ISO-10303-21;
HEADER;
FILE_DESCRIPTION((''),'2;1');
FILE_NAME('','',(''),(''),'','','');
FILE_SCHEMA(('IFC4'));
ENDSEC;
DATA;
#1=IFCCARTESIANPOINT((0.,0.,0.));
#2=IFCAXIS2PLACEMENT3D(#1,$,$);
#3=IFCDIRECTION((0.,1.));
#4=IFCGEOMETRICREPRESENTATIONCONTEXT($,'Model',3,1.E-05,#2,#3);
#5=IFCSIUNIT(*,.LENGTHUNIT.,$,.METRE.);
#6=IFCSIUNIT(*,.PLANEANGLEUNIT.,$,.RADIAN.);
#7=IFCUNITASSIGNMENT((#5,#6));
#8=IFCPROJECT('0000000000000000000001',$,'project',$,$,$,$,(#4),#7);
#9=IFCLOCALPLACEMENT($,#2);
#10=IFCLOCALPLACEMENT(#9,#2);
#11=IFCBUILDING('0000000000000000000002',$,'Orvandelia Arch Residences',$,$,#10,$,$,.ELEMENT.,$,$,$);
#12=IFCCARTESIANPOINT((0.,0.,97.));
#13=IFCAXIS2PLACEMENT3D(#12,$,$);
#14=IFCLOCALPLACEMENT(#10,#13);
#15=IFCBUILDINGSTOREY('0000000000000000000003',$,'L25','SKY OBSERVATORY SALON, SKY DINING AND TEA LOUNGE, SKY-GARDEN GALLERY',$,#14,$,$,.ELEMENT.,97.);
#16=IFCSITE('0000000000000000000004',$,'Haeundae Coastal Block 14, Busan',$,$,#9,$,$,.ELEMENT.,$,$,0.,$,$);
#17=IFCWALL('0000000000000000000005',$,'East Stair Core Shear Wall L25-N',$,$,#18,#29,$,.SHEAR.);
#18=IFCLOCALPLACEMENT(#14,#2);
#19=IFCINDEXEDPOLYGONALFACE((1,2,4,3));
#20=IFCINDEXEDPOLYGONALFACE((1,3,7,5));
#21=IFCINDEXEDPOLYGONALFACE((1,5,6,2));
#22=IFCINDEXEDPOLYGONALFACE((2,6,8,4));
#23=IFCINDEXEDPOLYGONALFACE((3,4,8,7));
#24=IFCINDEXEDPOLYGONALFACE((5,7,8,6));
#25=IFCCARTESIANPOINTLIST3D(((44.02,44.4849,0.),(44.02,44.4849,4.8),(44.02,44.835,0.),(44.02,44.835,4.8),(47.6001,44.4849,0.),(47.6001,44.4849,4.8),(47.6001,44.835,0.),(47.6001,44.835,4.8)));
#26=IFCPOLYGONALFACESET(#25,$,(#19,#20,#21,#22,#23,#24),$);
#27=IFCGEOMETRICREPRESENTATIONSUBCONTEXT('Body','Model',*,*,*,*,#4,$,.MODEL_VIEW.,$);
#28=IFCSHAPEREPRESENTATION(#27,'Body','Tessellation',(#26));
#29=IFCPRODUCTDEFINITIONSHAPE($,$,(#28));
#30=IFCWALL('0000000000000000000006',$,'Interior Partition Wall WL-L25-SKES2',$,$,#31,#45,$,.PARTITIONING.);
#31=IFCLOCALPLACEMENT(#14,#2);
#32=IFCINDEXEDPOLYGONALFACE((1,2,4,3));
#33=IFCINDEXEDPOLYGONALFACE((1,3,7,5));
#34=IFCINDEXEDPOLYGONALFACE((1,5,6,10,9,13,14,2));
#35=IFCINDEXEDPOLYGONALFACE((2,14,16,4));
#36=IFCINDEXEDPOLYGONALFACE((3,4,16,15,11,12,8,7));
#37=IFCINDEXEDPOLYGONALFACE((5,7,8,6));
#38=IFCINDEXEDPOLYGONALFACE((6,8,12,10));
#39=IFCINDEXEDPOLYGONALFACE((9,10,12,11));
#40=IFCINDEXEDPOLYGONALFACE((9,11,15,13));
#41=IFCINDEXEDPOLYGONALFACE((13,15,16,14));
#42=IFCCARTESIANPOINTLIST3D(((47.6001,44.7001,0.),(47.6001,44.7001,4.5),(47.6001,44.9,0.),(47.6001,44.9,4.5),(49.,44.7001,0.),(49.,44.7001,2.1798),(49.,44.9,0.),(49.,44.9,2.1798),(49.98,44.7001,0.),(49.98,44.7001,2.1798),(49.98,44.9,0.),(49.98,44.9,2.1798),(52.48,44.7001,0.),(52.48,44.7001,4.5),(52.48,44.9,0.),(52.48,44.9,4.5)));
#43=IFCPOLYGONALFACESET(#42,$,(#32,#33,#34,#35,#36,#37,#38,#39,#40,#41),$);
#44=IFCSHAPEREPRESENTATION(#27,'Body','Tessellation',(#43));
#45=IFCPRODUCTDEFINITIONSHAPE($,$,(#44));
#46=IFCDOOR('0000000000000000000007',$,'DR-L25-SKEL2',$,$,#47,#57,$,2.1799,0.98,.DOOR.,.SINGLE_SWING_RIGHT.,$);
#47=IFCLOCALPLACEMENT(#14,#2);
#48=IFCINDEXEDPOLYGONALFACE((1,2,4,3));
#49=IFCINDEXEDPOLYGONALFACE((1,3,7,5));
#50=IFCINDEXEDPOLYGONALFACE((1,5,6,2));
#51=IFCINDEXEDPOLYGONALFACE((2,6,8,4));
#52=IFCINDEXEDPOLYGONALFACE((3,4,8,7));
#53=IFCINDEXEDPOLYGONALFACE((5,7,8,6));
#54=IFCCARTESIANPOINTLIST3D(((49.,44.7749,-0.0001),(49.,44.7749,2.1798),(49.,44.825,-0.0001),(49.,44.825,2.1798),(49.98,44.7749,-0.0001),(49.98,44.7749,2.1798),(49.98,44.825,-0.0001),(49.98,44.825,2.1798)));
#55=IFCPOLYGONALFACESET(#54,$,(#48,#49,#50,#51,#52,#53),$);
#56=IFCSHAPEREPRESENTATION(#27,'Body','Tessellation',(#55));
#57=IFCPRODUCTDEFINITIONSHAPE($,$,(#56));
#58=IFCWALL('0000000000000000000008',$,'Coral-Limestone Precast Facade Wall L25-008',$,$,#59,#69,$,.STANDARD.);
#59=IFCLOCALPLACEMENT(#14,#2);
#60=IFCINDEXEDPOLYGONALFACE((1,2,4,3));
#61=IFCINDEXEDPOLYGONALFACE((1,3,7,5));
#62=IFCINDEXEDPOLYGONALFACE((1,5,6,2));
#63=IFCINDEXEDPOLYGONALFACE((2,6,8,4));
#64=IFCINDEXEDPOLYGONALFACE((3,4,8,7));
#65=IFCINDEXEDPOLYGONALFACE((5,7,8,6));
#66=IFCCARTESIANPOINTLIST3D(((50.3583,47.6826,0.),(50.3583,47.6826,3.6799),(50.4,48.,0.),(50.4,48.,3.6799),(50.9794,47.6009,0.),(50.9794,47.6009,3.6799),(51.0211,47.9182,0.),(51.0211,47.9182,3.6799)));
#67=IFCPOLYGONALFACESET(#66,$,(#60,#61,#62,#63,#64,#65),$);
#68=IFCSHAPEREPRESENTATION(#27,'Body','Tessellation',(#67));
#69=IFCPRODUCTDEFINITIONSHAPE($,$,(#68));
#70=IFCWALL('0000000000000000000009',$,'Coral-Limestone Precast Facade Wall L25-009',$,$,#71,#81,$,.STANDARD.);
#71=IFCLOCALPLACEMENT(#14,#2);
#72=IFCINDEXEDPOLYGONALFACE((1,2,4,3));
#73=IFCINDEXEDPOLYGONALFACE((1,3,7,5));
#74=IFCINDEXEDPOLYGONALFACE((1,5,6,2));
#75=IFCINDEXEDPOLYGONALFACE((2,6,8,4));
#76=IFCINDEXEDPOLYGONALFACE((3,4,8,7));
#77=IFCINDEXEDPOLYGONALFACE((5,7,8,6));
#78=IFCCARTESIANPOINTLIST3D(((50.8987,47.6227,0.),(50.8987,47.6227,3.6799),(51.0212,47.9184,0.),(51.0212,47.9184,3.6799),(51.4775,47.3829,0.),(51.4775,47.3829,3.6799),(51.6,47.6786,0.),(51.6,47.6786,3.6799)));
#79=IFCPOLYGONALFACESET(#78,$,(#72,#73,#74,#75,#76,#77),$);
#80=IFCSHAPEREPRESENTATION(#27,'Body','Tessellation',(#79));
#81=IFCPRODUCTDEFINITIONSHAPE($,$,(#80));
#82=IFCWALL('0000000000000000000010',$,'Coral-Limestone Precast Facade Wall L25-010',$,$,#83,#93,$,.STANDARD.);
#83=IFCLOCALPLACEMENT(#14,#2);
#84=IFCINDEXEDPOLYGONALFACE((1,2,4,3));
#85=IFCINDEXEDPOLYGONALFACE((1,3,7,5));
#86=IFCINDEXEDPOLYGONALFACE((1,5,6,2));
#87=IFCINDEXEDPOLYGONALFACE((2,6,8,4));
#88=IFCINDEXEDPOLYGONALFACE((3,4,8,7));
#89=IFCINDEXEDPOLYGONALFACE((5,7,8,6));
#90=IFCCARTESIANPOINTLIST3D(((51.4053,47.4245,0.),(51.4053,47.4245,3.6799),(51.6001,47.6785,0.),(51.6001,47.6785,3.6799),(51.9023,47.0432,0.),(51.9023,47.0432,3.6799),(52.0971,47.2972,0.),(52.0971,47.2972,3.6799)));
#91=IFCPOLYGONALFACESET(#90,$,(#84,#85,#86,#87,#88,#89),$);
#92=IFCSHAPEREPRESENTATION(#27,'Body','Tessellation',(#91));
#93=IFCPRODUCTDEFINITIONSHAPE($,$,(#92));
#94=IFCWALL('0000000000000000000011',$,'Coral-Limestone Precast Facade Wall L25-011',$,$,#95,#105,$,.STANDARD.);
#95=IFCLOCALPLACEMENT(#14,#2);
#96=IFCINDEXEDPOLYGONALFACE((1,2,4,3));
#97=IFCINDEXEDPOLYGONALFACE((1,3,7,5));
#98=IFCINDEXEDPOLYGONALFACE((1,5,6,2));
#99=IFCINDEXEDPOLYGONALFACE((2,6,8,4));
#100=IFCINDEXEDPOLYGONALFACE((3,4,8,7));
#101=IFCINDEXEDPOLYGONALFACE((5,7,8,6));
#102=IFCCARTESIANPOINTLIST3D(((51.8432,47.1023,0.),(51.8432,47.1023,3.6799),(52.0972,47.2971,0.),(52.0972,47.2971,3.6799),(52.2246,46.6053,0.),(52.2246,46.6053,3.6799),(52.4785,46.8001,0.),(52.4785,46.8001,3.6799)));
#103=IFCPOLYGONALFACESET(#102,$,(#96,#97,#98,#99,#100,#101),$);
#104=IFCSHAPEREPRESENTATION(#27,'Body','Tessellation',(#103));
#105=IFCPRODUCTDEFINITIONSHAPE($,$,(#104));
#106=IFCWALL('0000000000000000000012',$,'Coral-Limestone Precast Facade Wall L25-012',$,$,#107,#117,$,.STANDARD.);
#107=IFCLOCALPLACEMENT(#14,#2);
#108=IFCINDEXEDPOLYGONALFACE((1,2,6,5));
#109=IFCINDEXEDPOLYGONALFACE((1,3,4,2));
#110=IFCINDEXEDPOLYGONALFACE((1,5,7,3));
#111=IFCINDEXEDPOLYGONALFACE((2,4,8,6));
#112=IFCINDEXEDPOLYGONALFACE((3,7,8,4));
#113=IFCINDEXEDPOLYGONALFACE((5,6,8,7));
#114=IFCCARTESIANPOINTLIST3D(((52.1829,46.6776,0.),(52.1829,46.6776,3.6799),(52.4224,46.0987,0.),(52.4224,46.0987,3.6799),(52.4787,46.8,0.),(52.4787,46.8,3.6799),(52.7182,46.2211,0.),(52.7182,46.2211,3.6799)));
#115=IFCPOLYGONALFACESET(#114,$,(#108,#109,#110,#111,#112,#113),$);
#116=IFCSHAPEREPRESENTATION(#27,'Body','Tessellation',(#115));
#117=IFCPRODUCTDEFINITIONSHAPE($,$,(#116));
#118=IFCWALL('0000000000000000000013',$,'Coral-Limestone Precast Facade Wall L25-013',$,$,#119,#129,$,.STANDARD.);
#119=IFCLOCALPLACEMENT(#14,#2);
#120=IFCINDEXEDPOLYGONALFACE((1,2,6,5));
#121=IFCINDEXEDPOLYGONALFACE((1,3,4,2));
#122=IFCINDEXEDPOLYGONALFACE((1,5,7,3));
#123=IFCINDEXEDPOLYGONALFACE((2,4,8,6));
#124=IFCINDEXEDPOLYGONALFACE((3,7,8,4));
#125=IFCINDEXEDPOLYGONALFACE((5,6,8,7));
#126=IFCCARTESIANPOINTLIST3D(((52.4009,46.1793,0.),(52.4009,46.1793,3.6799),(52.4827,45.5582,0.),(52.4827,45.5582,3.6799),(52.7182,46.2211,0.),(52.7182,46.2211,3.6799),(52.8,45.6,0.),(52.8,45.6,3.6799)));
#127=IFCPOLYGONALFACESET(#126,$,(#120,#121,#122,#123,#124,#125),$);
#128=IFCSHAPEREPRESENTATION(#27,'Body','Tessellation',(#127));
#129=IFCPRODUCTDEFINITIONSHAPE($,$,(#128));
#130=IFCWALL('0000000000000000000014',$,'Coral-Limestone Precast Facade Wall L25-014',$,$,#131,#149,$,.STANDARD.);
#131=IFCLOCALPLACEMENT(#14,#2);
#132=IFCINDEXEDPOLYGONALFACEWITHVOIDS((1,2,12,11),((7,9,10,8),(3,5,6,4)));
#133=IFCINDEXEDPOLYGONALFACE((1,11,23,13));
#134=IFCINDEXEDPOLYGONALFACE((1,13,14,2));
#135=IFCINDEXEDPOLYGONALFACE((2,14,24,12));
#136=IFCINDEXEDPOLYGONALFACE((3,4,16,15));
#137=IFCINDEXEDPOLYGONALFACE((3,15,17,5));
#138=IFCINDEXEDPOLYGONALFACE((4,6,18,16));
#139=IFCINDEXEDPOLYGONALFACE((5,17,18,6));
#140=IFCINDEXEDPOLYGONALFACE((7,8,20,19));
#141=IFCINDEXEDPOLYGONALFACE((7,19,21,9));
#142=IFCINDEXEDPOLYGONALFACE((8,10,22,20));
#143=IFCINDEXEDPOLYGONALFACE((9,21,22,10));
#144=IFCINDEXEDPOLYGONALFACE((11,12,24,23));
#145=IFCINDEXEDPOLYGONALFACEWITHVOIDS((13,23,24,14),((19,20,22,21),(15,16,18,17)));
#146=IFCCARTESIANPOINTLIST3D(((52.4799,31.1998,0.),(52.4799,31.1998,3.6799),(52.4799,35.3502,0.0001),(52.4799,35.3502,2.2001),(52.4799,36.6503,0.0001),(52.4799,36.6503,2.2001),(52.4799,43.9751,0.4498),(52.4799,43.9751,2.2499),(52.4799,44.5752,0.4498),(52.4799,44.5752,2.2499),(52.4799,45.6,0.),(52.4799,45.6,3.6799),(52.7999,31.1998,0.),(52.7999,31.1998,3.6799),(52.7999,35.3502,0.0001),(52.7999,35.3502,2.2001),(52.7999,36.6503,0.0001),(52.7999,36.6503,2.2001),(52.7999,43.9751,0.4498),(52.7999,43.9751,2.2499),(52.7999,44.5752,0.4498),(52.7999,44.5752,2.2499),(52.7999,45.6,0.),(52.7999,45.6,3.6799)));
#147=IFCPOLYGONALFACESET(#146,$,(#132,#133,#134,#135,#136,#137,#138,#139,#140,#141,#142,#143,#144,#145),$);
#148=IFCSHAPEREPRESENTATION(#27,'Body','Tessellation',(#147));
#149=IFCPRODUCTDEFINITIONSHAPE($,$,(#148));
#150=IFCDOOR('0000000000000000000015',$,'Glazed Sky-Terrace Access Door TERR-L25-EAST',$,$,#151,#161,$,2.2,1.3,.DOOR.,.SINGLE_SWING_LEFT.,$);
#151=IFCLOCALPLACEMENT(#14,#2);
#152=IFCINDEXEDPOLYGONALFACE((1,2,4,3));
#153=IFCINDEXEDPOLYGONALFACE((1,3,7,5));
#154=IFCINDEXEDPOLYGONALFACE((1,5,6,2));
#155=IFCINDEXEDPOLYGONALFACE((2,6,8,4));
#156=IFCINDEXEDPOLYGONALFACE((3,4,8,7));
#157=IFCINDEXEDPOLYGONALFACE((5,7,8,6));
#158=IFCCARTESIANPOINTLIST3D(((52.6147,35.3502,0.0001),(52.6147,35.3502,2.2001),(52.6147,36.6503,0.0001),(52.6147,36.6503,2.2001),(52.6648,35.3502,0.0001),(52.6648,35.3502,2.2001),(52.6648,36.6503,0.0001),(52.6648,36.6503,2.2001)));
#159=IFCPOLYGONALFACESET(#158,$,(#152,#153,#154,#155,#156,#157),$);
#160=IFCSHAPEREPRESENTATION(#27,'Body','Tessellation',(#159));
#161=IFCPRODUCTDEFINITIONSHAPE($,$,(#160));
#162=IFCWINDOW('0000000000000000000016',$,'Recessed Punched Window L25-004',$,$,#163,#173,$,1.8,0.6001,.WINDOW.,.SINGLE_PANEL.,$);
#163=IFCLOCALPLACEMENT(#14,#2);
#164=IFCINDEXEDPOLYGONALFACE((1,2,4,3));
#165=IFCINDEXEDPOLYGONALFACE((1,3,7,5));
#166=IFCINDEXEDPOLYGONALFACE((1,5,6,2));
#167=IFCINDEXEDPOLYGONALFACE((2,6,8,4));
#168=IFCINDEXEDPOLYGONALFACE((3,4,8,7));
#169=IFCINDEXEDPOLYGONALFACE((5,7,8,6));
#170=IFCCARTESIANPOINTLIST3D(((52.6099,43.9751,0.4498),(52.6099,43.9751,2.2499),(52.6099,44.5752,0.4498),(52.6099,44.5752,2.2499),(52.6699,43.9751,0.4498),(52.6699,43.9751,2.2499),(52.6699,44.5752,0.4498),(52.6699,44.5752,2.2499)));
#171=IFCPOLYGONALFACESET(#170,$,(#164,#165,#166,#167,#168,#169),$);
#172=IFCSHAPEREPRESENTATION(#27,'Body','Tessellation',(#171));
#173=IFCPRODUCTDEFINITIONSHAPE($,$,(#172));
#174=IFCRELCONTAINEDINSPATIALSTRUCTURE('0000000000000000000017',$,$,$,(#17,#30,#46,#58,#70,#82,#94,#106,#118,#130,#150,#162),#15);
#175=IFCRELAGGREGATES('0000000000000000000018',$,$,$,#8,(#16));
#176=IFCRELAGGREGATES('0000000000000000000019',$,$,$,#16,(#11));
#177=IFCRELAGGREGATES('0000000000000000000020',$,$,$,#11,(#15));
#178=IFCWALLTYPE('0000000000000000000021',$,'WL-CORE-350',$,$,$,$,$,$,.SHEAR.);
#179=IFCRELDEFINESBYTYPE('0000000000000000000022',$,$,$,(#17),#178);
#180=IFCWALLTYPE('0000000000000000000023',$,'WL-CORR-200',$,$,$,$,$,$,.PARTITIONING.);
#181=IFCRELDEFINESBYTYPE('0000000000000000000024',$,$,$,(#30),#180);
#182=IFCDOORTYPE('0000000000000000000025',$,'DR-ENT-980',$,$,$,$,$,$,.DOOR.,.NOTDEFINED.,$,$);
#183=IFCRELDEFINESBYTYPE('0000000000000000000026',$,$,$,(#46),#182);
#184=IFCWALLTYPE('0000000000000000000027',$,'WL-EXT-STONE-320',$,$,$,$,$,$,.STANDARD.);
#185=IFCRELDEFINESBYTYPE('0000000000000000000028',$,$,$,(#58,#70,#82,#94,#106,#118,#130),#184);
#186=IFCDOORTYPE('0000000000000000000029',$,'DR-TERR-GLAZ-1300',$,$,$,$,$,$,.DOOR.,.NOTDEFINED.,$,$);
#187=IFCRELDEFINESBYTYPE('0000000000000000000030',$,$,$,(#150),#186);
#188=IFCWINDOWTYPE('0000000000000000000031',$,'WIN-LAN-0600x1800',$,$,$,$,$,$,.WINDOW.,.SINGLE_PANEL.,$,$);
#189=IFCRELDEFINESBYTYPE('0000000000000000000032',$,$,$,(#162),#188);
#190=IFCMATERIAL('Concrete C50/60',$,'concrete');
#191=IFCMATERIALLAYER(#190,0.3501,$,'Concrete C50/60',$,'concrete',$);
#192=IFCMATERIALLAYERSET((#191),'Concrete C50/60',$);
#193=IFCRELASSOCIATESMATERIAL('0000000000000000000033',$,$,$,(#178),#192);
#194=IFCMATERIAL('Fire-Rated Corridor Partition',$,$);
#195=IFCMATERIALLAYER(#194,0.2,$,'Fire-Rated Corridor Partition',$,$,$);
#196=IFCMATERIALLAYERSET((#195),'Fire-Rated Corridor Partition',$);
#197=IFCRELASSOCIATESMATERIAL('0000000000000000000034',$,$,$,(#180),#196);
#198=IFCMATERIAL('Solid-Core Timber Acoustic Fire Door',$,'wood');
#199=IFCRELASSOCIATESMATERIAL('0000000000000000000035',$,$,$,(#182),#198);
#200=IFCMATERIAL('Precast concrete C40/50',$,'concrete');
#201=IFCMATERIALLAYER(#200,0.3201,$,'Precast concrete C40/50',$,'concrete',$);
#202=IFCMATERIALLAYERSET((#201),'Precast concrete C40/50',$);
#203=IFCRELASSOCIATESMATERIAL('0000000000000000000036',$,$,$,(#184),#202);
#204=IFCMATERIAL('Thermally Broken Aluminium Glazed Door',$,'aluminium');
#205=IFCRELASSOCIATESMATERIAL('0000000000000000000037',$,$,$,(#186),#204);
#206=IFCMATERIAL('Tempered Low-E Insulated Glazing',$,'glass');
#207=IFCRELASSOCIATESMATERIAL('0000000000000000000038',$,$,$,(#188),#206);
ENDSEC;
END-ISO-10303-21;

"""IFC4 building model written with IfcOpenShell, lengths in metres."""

from ifc_helpers import new_model, si_unit, direction, frame, frame_2d, origin, place, context, subcontext, project, spatial, rectangle, extrude, material, layer, layer_set, type_object, element, fill, save


model = new_model("IFC4")

# Units and contexts
model_context = context("Model", 3, precision=1e-05, world=origin(), true_north=direction((0.0, 1.0)))
body_context = subcontext(model_context, "Body", "Model", "MODEL_VIEW")
ifc_project = project(units=[si_unit("LENGTHUNIT", "METRE"), si_unit("PLANEANGLEUNIT", "RADIAN")], contexts=[model_context])

# Site, building, storey
site_placement = place(None, origin())
site = spatial("IfcSite", under=ifc_project, at=site_placement, Name="Haeundae Coastal Block 14, Busan", CompositionType="ELEMENT", RefElevation=0.0)
building_placement = place(site_placement, origin())
building = spatial("IfcBuilding", under=site, at=building_placement, Name="Orvandelia Arch Residences", CompositionType="ELEMENT")
storey_placement = place(building_placement, frame((0.0, 0.0, 97.0)))
storey = spatial("IfcBuildingStorey", under=building, at=storey_placement, Name="L25", Description="SKY OBSERVATORY SALON, SKY DINING AND TEA LOUNGE, SKY-GARDEN GALLERY", CompositionType="ELEMENT", Elevation=97.0)

# Wall
ifc_material_1 = material(Name="Concrete C50/60", Category="concrete")
ifc_layer_1 = layer(ifc_material_1, 0.3501, Name="Concrete C50/60", Category="concrete")
ifc_layer_set_1 = layer_set([ifc_layer_1], Name="Concrete C50/60")
wall_type_1 = type_object("IfcWallType", Name="WL-CORE-350", PredefinedType="SHEAR", material=ifc_layer_set_1)
wall_1_placement = place(storey_placement, frame((44.02, 44.6599, 0.0), z_axis=(0.0, 0.0, 1.0), x_axis=(1.0, 0.0, 0.0)))
element("IfcWall", 1, at=wall_1_placement, inside=storey, type_object=wall_type_1, Name="East Stair Core Shear Wall L25-N", PredefinedType="SHEAR", context=body_context, shape_type="SweptSolid", body=[
    extrude(rectangle(XDim=3.5801, YDim=0.3501, at=frame_2d((1.79, 0.0))), origin(), (0.0, 0.0, 1.0), 4.8),
])

# Wall, opening, door
ifc_material_2 = material(Name="Fire-Rated Corridor Partition")
ifc_layer_2 = layer(ifc_material_2, 0.2, Name="Fire-Rated Corridor Partition")
ifc_layer_set_2 = layer_set([ifc_layer_2], Name="Fire-Rated Corridor Partition")
wall_type_2 = type_object("IfcWallType", Name="WL-CORR-200", PredefinedType="PARTITIONING", material=ifc_layer_set_2)
wall_2_placement = place(storey_placement, frame((47.6001, 44.8, 0.0), z_axis=(0.0, 0.0, 1.0), x_axis=(1.0, 0.0, 0.0)))
wall_2 = element("IfcWall", 2, at=wall_2_placement, inside=storey, type_object=wall_type_2, Name="Interior Partition Wall WL-L25-SKES2", PredefinedType="PARTITIONING", context=body_context, shape_type="SweptSolid", body=[
    extrude(rectangle(XDim=4.8799, YDim=0.2, at=frame_2d((2.4399, 0.0))), origin(), (0.0, 0.0, 1.0), 4.5),
])
opening_1_placement = place(wall_2_placement, frame((1.3999, 0.0, 0.0)))
opening_1 = element("IfcOpeningElement", 3, at=opening_1_placement, cuts=wall_2, PredefinedType="OPENING", context=body_context, shape_type="SweptSolid", body=[
    extrude(rectangle(XDim=0.98, YDim=2.1799, at=frame_2d((0.49, 1.0898))), frame((0.0, 0.1099, 0.0), z_axis=(0.0, -1.0, 0.0), x_axis=(1.0, 0.0, 0.0)), (0.0, 0.0, 1.0), 0.22),
])
ifc_material_3 = material(Name="Solid-Core Timber Acoustic Fire Door", Category="wood")
door_type_1 = type_object("IfcDoorType", Name="DR-ENT-980", OperationType="NOTDEFINED", PredefinedType="DOOR", material=ifc_material_3)
door_1_placement = place(opening_1_placement, origin())
door_1 = element("IfcDoor", 4, at=door_1_placement, inside=storey, type_object=door_type_1, Name="DR-L25-SKEL2", OperationType="SINGLE_SWING_RIGHT", OverallHeight=2.1799, OverallWidth=0.98, PredefinedType="DOOR", context=body_context, shape_type="SweptSolid", body=[
    extrude(rectangle(XDim=0.98, YDim=2.1799, at=frame_2d((0.49, 1.0898))), frame((0.0, 0.0249, 0.0), z_axis=(0.0, -1.0, 0.0), x_axis=(1.0, 0.0, 0.0)), (0.0, 0.0, 1.0), 0.05),
])
fill(opening_1, door_1)

# Walls
ifc_material_4 = material(Name="Precast concrete C40/50", Category="concrete")
ifc_layer_3 = layer(ifc_material_4, 0.3201, Name="Precast concrete C40/50", Category="concrete")
ifc_layer_set_3 = layer_set([ifc_layer_3], Name="Precast concrete C40/50")
wall_type_3 = type_object("IfcWallType", Name="WL-EXT-STONE-320", PredefinedType="STANDARD", material=ifc_layer_set_3)
for number, where, z_axis, x_axis, name in (
    (5, (50.3792, 47.8413, 0.0), (0.0, 0.0, 1.0), (0.991441, -0.130555, 0.0), "Coral-Limestone Precast Facade Wall L25-008"),
    (6, (50.96, 47.7705, 0.0), (0.0, 0.0, 1.0), (0.923893, -0.38265, 0.0), "Coral-Limestone Precast Facade Wall L25-009"),
    (7, (51.5027, 47.5515, 0.0), (0.0, 0.0, 1.0), (0.793406, -0.608693, 0.0), "Coral-Limestone Precast Facade Wall L25-010"),
    (8, (51.9702, 47.1997, 0.0), (0.0, 0.0, 1.0), (0.608693, -0.793406, 0.0), "Coral-Limestone Precast Facade Wall L25-011"),
    (9, (52.3308, 46.7388, 0.0), (0.0, 0.0, 1.0), (0.382317, -0.924031, 0.0), "Coral-Limestone Precast Facade Wall L25-012"),
    (10, (52.5596, 46.2002, 0.0), (0.0, 0.0, 1.0), (0.130555, -0.991441, 0.0), "Coral-Limestone Precast Facade Wall L25-013"),
):
    element("IfcWall", number, at=place(storey_placement, frame(where, z_axis=z_axis, x_axis=x_axis)), inside=storey, type_object=wall_type_3, Name=name, PredefinedType="STANDARD", context=body_context, shape_type="SweptSolid", body=[
        extrude(rectangle(XDim=0.6265, YDim=0.3201, at=frame_2d((0.3132, 0.0))), origin(), (0.0, 0.0, 1.0), 3.6799),
    ])

# Wall, openings, door, window
wall_3_placement = place(storey_placement, frame((52.6399, 45.6001, 0.0), z_axis=(0.0, 0.0, 1.0), x_axis=(0.0, -1.0, 0.0)))
wall_3 = element("IfcWall", 11, at=wall_3_placement, inside=storey, type_object=wall_type_3, Name="Coral-Limestone Precast Facade Wall L25-014", PredefinedType="STANDARD", context=body_context, shape_type="SweptSolid", body=[
    extrude(rectangle(XDim=14.4001, YDim=0.3201, at=frame_2d((7.2002, 0.0))), origin(), (0.0, 0.0, 1.0), 3.6799),
])
opening_2_placement = place(wall_3_placement, frame((8.95, 0.0, 0.0)))
opening_2 = element("IfcOpeningElement", 12, at=opening_2_placement, cuts=wall_3, PredefinedType="OPENING", context=body_context, shape_type="SweptSolid", body=[
    extrude(rectangle(XDim=1.3, YDim=2.2, at=frame_2d((0.6499, 1.1001))), frame((0.0, 0.1699, 0.0), z_axis=(0.0, -1.0, 0.0), x_axis=(1.0, 0.0, 0.0)), (0.0, 0.0, 1.0), 0.3401),
])
opening_3_placement = place(wall_3_placement, frame((1.0249, 0.0, 0.45)))
opening_3 = element("IfcOpeningElement", 13, at=opening_3_placement, cuts=wall_3, PredefinedType="OPENING", context=body_context, shape_type="SweptSolid", body=[
    extrude(rectangle(XDim=0.6001, YDim=1.8, at=frame_2d((0.3, 0.8999))), frame((0.0, 0.1699, 0.0), z_axis=(0.0, -1.0, 0.0), x_axis=(1.0, 0.0, 0.0)), (0.0, 0.0, 1.0), 0.3401),
])
ifc_material_5 = material(Name="Thermally Broken Aluminium Glazed Door", Category="aluminium")
door_type_2 = type_object("IfcDoorType", Name="DR-TERR-GLAZ-1300", OperationType="NOTDEFINED", PredefinedType="DOOR", material=ifc_material_5)
door_2_placement = place(opening_2_placement, origin())
door_2 = element("IfcDoor", 14, at=door_2_placement, inside=storey, type_object=door_type_2, Name="Glazed Sky-Terrace Access Door TERR-L25-EAST", OperationType="SINGLE_SWING_LEFT", OverallHeight=2.2, OverallWidth=1.3, PredefinedType="DOOR", context=body_context, shape_type="SweptSolid", body=[
    extrude(rectangle(XDim=1.3, YDim=2.2, at=frame_2d((0.6499, 1.1001))), frame((0.0, 0.0249, 0.0), z_axis=(0.0, -1.0, 0.0), x_axis=(1.0, 0.0, 0.0)), (0.0, 0.0, 1.0), 0.05),
])
fill(opening_2, door_2)
ifc_material_6 = material(Name="Tempered Low-E Insulated Glazing", Category="glass")
window_type = type_object("IfcWindowType", Name="WIN-LAN-0600x1800", PartitioningType="SINGLE_PANEL", PredefinedType="WINDOW", material=ifc_material_6)
window_placement = place(opening_3_placement, origin())
window = element("IfcWindow", 15, at=window_placement, inside=storey, type_object=window_type, Name="Recessed Punched Window L25-004", OverallHeight=1.8, OverallWidth=0.6001, PartitioningType="SINGLE_PANEL", PredefinedType="WINDOW", context=body_context, shape_type="SweptSolid", body=[
    extrude(rectangle(XDim=0.6001, YDim=1.8, at=frame_2d((0.3, 0.8999))), frame((0.0, 0.03, 0.0), z_axis=(0.0, -1.0, 0.0), x_axis=(1.0, 0.0, 0.0)), (0.0, 0.0, 1.0), 0.0601),
])
fill(opening_3, window)

save(model, "model.ifc")
